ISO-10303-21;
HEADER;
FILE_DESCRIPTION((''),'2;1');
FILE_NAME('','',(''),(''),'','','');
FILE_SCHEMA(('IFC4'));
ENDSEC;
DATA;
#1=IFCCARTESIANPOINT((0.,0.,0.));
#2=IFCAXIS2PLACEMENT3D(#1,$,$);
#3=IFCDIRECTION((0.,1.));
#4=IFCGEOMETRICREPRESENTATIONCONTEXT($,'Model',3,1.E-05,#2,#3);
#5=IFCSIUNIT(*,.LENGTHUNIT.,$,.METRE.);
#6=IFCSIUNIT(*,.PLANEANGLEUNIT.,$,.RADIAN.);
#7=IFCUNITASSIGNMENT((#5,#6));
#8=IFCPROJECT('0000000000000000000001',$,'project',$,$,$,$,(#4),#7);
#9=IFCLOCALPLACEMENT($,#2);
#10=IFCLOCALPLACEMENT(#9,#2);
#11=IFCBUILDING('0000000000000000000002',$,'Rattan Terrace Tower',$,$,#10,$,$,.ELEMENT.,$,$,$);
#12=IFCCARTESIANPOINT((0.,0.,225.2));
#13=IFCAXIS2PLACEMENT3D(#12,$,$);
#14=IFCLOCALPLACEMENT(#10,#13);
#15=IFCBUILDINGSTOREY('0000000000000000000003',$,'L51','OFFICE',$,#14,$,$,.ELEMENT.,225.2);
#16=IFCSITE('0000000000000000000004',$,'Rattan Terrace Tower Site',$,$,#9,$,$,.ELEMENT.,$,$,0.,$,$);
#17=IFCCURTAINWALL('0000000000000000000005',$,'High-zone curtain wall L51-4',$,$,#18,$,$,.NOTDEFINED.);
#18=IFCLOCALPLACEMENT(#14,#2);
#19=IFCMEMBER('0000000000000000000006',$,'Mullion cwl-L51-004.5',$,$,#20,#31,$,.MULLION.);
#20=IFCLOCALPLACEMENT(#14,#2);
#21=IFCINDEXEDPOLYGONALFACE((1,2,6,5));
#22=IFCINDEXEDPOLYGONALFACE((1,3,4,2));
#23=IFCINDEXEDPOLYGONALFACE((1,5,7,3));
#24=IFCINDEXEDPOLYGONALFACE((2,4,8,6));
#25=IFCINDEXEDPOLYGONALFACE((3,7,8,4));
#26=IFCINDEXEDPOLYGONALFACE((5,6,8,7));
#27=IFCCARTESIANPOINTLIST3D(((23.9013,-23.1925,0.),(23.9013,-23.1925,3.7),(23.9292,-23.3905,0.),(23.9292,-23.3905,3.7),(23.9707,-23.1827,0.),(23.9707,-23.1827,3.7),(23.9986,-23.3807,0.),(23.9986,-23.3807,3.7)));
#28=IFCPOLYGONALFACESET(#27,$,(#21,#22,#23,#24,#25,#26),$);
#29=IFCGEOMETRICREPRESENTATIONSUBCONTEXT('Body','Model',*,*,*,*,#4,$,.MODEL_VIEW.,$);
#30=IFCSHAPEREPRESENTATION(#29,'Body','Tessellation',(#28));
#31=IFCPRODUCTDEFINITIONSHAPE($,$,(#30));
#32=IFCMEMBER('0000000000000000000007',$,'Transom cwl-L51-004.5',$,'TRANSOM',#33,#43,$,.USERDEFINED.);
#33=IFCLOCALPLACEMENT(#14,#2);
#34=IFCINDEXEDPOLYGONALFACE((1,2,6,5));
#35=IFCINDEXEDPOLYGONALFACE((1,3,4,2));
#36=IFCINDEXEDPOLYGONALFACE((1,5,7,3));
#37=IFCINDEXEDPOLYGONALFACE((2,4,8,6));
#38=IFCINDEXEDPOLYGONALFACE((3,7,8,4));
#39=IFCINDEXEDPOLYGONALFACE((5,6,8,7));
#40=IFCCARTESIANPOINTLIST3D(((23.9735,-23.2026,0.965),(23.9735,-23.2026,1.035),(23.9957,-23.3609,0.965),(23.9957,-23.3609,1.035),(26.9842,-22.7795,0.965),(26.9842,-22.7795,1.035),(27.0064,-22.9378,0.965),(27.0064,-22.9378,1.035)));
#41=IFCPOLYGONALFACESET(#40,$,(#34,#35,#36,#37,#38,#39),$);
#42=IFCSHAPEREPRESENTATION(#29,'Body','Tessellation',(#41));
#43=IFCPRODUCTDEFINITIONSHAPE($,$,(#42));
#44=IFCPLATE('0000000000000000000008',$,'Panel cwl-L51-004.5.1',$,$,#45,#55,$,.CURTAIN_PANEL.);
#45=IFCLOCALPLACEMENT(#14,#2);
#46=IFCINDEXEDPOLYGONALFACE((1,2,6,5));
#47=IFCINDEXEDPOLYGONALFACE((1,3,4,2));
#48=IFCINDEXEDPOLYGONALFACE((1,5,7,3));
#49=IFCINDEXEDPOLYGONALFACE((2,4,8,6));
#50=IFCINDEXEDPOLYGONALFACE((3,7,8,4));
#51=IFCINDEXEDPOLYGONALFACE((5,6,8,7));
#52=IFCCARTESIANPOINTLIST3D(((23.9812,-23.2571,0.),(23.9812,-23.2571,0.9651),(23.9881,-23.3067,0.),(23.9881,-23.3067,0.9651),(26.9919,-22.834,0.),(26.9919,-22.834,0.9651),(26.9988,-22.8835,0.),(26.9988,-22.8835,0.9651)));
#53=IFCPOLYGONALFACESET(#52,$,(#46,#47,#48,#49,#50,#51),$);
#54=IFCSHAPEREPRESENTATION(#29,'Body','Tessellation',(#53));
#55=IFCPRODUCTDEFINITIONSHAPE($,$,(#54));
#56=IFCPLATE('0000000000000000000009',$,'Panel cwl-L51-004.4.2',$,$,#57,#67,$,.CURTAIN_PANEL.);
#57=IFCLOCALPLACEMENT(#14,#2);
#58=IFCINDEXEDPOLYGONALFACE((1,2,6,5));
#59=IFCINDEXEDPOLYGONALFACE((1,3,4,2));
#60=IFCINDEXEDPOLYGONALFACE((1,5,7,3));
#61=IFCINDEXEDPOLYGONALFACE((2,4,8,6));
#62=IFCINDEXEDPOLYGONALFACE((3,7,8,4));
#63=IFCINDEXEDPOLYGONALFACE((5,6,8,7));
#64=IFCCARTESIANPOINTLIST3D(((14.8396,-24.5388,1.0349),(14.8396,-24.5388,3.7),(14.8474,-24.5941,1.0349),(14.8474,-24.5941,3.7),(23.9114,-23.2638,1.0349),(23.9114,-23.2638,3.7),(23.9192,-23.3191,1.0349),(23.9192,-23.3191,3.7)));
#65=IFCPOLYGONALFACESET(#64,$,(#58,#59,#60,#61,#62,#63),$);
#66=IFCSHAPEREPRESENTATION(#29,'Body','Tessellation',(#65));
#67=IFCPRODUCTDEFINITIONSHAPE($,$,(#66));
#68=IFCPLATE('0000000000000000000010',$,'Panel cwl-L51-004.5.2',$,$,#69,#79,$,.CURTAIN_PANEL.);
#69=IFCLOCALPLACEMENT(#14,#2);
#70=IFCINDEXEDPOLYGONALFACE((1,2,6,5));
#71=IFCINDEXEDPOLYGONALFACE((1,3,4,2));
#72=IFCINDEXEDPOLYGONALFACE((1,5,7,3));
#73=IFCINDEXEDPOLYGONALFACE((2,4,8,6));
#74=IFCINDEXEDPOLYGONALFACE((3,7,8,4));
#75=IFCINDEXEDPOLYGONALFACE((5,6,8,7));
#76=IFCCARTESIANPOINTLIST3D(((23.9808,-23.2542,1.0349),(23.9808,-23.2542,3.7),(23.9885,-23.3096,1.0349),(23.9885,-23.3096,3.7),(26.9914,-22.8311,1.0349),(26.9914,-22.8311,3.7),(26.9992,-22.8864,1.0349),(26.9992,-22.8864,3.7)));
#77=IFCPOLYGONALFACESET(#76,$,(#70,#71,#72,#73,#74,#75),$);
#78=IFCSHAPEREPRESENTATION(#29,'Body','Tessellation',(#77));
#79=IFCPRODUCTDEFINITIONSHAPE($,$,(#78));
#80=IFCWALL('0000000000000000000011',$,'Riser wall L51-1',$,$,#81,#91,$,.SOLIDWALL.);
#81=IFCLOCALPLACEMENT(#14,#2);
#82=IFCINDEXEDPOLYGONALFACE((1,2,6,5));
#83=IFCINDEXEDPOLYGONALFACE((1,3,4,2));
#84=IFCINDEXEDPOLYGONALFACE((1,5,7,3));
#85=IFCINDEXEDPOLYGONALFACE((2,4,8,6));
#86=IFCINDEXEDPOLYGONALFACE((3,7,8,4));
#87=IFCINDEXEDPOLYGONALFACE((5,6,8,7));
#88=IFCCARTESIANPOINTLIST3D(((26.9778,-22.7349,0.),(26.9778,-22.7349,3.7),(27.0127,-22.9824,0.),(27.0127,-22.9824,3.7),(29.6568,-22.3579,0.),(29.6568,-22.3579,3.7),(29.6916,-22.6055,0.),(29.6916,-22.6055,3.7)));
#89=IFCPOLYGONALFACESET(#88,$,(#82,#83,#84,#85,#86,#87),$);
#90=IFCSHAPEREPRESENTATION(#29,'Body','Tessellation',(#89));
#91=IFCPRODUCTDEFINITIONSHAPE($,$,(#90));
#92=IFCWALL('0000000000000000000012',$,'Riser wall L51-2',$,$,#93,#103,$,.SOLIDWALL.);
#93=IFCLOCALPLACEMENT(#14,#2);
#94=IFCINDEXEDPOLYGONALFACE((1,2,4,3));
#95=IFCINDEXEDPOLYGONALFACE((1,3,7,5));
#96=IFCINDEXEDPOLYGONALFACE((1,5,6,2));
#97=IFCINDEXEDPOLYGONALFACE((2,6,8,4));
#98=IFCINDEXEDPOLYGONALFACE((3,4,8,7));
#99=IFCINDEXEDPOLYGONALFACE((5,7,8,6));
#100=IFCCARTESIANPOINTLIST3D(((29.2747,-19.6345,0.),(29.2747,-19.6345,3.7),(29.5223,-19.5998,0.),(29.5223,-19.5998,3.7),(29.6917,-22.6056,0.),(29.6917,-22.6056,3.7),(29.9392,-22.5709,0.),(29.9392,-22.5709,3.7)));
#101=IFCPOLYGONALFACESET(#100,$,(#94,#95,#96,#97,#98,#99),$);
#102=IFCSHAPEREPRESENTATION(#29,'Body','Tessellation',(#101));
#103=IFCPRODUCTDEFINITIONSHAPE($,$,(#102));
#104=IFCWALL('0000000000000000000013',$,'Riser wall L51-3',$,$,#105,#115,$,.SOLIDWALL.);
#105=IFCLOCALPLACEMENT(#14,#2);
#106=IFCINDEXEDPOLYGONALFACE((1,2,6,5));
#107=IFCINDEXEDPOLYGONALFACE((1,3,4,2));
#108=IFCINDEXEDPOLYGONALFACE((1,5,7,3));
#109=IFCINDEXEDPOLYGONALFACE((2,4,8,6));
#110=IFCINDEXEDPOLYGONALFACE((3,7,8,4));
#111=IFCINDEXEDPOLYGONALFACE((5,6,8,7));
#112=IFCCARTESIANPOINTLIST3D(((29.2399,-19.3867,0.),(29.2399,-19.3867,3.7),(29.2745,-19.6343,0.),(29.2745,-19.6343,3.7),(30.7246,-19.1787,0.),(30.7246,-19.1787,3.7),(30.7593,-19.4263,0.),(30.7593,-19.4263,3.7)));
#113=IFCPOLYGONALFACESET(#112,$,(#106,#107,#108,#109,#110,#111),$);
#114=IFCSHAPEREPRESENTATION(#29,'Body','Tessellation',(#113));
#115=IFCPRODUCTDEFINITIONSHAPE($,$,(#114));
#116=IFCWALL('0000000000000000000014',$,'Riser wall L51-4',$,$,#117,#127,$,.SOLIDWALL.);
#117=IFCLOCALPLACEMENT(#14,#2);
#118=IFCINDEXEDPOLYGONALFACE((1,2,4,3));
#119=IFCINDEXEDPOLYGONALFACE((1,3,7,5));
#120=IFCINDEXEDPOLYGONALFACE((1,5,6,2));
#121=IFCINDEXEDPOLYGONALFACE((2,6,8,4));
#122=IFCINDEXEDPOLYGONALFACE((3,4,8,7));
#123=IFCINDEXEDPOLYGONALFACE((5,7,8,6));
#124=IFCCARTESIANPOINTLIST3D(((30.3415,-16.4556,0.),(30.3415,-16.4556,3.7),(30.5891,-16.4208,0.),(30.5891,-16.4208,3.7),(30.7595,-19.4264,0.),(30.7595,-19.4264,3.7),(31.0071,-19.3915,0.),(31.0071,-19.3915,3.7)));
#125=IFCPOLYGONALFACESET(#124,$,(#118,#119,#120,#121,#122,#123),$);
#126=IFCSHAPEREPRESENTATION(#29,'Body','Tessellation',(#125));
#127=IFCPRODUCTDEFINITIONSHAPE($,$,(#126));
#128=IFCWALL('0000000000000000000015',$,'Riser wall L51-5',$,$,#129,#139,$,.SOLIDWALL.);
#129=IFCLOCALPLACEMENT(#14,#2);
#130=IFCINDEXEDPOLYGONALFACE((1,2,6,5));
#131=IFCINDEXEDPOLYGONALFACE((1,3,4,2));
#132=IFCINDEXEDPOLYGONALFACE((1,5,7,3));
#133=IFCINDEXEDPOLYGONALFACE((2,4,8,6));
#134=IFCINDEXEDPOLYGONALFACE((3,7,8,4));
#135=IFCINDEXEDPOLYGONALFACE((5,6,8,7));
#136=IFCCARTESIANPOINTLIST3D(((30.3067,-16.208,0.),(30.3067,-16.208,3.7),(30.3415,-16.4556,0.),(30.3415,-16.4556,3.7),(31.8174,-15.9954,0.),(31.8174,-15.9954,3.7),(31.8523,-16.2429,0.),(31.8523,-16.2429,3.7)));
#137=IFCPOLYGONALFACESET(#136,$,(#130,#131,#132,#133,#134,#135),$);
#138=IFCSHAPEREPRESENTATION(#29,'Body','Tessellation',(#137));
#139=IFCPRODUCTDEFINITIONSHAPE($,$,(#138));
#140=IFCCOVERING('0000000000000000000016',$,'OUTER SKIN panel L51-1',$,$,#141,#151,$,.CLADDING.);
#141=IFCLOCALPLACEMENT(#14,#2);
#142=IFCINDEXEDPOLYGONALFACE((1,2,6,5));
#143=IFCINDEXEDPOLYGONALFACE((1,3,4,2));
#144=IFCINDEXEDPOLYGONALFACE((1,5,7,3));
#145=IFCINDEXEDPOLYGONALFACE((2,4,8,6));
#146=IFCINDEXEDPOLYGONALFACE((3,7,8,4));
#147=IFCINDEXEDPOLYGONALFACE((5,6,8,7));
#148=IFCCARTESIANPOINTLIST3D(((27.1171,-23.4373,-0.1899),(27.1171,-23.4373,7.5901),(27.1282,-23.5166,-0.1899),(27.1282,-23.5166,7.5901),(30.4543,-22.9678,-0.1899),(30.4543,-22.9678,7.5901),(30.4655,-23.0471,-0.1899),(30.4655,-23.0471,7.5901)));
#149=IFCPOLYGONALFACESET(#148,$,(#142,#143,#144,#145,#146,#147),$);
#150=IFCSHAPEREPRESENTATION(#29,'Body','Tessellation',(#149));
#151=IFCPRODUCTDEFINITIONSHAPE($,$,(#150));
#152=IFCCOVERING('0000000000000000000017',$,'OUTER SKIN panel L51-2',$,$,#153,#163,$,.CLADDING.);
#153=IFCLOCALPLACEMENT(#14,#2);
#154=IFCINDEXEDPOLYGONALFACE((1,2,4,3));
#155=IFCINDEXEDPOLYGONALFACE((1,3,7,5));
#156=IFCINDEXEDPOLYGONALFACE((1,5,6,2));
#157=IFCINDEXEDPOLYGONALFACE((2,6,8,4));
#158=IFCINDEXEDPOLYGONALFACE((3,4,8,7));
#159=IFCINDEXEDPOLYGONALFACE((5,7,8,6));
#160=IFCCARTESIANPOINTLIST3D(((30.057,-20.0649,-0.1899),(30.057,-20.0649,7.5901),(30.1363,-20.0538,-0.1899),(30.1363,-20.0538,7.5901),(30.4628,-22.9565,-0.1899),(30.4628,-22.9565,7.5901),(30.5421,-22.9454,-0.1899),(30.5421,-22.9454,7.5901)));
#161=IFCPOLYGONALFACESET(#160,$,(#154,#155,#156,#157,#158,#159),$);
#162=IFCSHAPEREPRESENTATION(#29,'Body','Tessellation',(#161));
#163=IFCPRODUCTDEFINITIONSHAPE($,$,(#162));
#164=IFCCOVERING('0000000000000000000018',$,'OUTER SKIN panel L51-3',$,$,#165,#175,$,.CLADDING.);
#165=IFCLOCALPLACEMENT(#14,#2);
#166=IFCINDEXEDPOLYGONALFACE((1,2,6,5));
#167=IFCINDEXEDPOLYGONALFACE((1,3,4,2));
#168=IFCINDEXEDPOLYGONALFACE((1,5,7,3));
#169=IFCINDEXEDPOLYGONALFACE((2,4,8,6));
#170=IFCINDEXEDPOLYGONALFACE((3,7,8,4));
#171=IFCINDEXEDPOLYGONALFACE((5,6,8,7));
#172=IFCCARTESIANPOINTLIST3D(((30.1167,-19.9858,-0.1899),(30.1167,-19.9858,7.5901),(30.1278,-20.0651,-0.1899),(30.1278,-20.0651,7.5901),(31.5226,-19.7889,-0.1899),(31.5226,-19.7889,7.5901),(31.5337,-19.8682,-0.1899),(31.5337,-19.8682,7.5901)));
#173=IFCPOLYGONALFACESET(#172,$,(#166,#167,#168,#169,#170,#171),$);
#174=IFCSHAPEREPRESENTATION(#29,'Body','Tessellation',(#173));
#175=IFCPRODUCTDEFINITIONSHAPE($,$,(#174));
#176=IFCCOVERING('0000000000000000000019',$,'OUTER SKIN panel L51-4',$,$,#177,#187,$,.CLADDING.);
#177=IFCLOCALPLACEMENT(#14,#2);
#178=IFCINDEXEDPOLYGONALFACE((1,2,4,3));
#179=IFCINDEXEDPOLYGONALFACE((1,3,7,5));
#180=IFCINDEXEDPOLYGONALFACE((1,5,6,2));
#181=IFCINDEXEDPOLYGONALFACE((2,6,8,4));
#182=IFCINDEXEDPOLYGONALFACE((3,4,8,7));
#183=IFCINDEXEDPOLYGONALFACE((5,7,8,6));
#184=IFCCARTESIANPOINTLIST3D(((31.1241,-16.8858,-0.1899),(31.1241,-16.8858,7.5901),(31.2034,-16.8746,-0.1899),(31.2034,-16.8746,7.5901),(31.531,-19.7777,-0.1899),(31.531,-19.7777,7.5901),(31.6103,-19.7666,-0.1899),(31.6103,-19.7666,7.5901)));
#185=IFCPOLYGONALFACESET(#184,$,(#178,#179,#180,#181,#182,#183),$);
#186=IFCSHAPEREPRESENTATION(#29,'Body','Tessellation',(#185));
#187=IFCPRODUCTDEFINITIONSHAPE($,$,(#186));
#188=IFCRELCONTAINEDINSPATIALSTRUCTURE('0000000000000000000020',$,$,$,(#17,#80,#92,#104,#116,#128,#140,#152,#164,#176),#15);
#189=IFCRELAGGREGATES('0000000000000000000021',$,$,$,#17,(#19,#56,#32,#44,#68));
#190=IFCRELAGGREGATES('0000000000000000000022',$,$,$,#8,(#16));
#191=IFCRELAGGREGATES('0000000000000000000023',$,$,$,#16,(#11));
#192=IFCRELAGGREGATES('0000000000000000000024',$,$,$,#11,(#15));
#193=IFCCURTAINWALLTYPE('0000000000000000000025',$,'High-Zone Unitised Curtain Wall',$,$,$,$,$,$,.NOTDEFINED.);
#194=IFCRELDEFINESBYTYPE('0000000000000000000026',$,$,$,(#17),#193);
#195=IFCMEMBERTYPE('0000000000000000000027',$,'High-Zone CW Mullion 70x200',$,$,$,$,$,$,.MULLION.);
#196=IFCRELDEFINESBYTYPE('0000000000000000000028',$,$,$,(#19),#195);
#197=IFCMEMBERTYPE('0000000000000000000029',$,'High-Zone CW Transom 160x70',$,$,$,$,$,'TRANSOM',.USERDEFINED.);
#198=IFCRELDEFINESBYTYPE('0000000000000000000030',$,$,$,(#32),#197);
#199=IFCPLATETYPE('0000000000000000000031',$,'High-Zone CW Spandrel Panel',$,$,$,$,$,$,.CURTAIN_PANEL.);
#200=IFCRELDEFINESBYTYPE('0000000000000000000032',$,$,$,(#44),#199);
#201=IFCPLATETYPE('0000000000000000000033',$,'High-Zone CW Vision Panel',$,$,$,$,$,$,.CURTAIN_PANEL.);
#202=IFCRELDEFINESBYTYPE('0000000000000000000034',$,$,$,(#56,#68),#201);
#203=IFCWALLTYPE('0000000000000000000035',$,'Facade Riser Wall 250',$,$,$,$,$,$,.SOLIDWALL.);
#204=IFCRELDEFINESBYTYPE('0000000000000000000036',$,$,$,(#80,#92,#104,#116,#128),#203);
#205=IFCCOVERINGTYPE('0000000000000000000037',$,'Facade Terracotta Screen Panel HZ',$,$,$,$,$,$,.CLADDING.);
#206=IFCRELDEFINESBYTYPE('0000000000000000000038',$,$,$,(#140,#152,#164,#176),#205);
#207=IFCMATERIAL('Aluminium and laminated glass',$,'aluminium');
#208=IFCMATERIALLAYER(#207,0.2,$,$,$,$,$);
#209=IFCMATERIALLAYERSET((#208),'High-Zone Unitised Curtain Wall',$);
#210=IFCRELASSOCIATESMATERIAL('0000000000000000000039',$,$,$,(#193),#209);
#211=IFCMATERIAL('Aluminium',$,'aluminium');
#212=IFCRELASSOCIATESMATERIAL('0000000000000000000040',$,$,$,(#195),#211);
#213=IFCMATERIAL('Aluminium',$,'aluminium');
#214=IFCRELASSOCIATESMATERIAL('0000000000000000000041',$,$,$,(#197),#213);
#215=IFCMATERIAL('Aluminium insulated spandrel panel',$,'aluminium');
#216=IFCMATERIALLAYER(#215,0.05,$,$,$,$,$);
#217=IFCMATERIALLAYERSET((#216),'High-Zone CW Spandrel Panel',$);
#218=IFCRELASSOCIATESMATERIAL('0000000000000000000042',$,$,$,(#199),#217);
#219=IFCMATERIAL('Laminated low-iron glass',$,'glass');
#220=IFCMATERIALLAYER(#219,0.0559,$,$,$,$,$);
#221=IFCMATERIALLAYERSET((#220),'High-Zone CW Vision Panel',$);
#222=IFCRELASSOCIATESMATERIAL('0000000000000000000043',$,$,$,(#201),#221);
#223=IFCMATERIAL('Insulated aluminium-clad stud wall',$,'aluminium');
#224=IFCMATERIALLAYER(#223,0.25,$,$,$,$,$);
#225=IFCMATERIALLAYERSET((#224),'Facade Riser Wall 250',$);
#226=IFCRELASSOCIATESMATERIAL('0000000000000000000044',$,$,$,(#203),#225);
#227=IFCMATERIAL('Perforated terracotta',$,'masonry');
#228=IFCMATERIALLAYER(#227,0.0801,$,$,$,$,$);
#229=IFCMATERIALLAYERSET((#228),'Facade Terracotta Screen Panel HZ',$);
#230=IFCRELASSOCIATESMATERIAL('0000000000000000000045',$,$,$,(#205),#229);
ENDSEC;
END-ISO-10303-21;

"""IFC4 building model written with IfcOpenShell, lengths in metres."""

from ifc_helpers import new_model, si_unit, direction, frame, frame_2d, origin, origin_2d, place, context, subcontext, project, spatial, rectangle, extrude, material, layer, layer_set, material_profile, profile_set, type_object, element, aggregate, save


model = new_model("IFC4")

# Units and contexts
model_context = context("Model", 3, precision=1e-05, world=origin(), true_north=direction((0.0, 1.0)))
body_context = subcontext(model_context, "Body", "Model", "MODEL_VIEW")
ifc_project = project(units=[si_unit("LENGTHUNIT", "METRE"), si_unit("PLANEANGLEUNIT", "RADIAN")], contexts=[model_context])

# Site, building, storey
site_placement = place(None, origin())
site = spatial("IfcSite", under=ifc_project, at=site_placement, Name="Rattan Terrace Tower Site", CompositionType="ELEMENT", RefElevation=0.0)
building_placement = place(site_placement, origin())
building = spatial("IfcBuilding", under=site, at=building_placement, Name="Rattan Terrace Tower", CompositionType="ELEMENT")
storey_placement = place(building_placement, frame((0.0, 0.0, 225.2)))
storey = spatial("IfcBuildingStorey", under=building, at=storey_placement, Name="L51", Description="OFFICE", CompositionType="ELEMENT", Elevation=225.2)

# Curtain wall, members, plates
ifc_material_1 = material(Name="Aluminium and laminated glass", Category="aluminium")
ifc_layer_1 = layer(ifc_material_1, 0.2)
ifc_layer_set_1 = layer_set([ifc_layer_1], Name="High-Zone Unitised Curtain Wall")
curtain_wall_type = type_object("IfcCurtainWallType", Name="High-Zone Unitised Curtain Wall", PredefinedType="NOTDEFINED", material=ifc_layer_set_1)
curtain_wall_placement = place(storey_placement, origin())
curtain_wall = element("IfcCurtainWall", 1, at=curtain_wall_placement, inside=storey, type_object=curtain_wall_type, Name="High-zone curtain wall L51-4", PredefinedType="NOTDEFINED")
ifc_material_2 = material(Name="Aluminium", Category="aluminium")
ifc_material_profile_1 = material_profile(ifc_material_2, rectangle(XDim=0.0701, YDim=0.2, at=origin_2d()), Name="Aluminium 70x200")
ifc_profile_set_1 = profile_set([ifc_material_profile_1], Name="Aluminium")
member_type_1 = type_object("IfcMemberType", Name="High-Zone CW Mullion 70x200", PredefinedType="MULLION", material=ifc_profile_set_1)
member_1_placement = place(storey_placement, frame((23.95, -23.2866, 0.0), z_axis=(0.0, 0.0, 1.0), x_axis=(0.990267, 0.139177, 0.0)))
member_1 = element("IfcMember", 2, at=member_1_placement, type_object=member_type_1, Name="Mullion cwl-L51-004.5", PredefinedType="MULLION", context=body_context, shape_type="SweptSolid", body=[
    extrude(rectangle(XDim=0.0701, YDim=0.2, at=origin_2d()), origin(), (0.0, 0.0, 1.0), 3.7),
])
ifc_material_3 = material(Name="Aluminium", Category="aluminium")
ifc_material_profile_2 = material_profile(ifc_material_3, rectangle(XDim=0.1599, YDim=0.0701, at=origin_2d()), Name="Aluminium 160x70")
ifc_profile_set_2 = profile_set([ifc_material_profile_2], Name="Aluminium")
member_type_2 = type_object("IfcMemberType", Name="High-Zone CW Transom 160x70", ElementType="TRANSOM", PredefinedType="USERDEFINED", material=ifc_profile_set_2)
member_2_placement = place(storey_placement, frame((23.9846, -23.2817, 1.0), z_axis=(0.99027, 0.139161, 0.0), x_axis=(-0.139161, 0.99027, 0.0)))
member_2 = element("IfcMember", 3, at=member_2_placement, type_object=member_type_2, Name="Transom cwl-L51-004.5", ObjectType="TRANSOM", PredefinedType="USERDEFINED", context=body_context, shape_type="SweptSolid", body=[
    extrude(rectangle(XDim=0.1599, YDim=0.0701, at=origin_2d()), origin(), (0.0, 0.0, 1.0), 3.0403),
])
ifc_material_4 = material(Name="Aluminium insulated spandrel panel", Category="aluminium")
ifc_layer_2 = layer(ifc_material_4, 0.05)
ifc_layer_set_2 = layer_set([ifc_layer_2], Name="High-Zone CW Spandrel Panel")
plate_type_1 = type_object("IfcPlateType", Name="High-Zone CW Spandrel Panel", PredefinedType="CURTAIN_PANEL", material=ifc_layer_set_2)
plate_1_placement = place(storey_placement, frame((25.49, -23.0703, 0.0), z_axis=(0.0, 0.0, 1.0), x_axis=(0.990267, 0.139177, 0.0)))
plate_1 = element("IfcPlate", 4, at=plate_1_placement, type_object=plate_type_1, Name="Panel cwl-L51-004.5.1", PredefinedType="CURTAIN_PANEL", context=body_context, shape_type="SweptSolid", body=[
    extrude(rectangle(XDim=3.0403, YDim=0.05, at=origin_2d()), origin(), (0.0, 0.0, 1.0), 0.9651),
])
ifc_material_5 = material(Name="Laminated low-iron glass", Category="glass")
ifc_layer_3 = layer(ifc_material_5, 0.0559)
ifc_layer_set_3 = layer_set([ifc_layer_3], Name="High-Zone CW Vision Panel")
plate_type_2 = type_object("IfcPlateType", Name="High-Zone CW Vision Panel", PredefinedType="CURTAIN_PANEL", material=ifc_layer_set_3)
plate_2_placement = place(storey_placement, frame((19.3794, -23.929, 1.0349), z_axis=(0.0, 0.0, 1.0), x_axis=(0.990267, 0.139177, 0.0)))
plate_2 = element("IfcPlate", 5, at=plate_2_placement, type_object=plate_type_2, Name="Panel cwl-L51-004.4.2", PredefinedType="CURTAIN_PANEL", context=body_context, shape_type="SweptSolid", body=[
    extrude(rectangle(XDim=9.1609, YDim=0.0559, at=origin_2d()), origin(), (0.0, 0.0, 1.0), 2.665),
])
plate_3_placement = place(storey_placement, frame((25.49, -23.0703, 1.0349), z_axis=(0.0, 0.0, 1.0), x_axis=(0.990267, 0.139177, 0.0)))
plate_3 = element("IfcPlate", 6, at=plate_3_placement, type_object=plate_type_2, Name="Panel cwl-L51-004.5.2", PredefinedType="CURTAIN_PANEL", context=body_context, shape_type="SweptSolid", body=[
    extrude(rectangle(XDim=3.0403, YDim=0.0559, at=origin_2d()), origin(), (0.0, 0.0, 1.0), 2.665),
])
aggregate(curtain_wall, [member_1, plate_2, member_2, plate_1, plate_3])

# Walls
ifc_material_6 = material(Name="Insulated aluminium-clad stud wall", Category="aluminium")
ifc_layer_4 = layer(ifc_material_6, 0.25)
ifc_layer_set_4 = layer_set([ifc_layer_4], Name="Facade Riser Wall 250")
wall_type = type_object("IfcWallType", Name="Facade Riser Wall 250", PredefinedType="SOLIDWALL", material=ifc_layer_set_4)
wall_1_placement = place(storey_placement, frame((26.9954, -22.8586, 0.0), z_axis=(0.0, 0.0, 1.0), x_axis=(0.990245, 0.139336, 0.0)))
element("IfcWall", 7, at=wall_1_placement, inside=storey, type_object=wall_type, Name="Riser wall L51-1", PredefinedType="SOLIDWALL", context=body_context, shape_type="SweptSolid", body=[
    extrude(rectangle(XDim=2.7053, YDim=0.25, at=frame_2d((1.3525, 0.0))), origin(), (0.0, 0.0, 1.0), 3.7),
])
wall_2_placement = place(storey_placement, frame((29.8154, -22.5881, 0.0), z_axis=(0.0, 0.0, 1.0), x_axis=(-0.138983, 0.990295, 0.0)))
element("IfcWall", 8, at=wall_2_placement, inside=storey, type_object=wall_type, Name="Riser wall L51-2", PredefinedType="SOLIDWALL", context=body_context, shape_type="SweptSolid", body=[
    extrude(rectangle(XDim=3.0002, YDim=0.25, at=frame_2d((1.5, 0.0))), origin(), (0.0, 0.0, 1.0), 3.7),
])
wall_3_placement = place(storey_placement, frame((29.2573, -19.5105, 0.0), z_axis=(0.0, 0.0, 1.0), x_axis=(0.99033, 0.138731, 0.0)))
element("IfcWall", 9, at=wall_3_placement, inside=storey, type_object=wall_type, Name="Riser wall L51-3", PredefinedType="SOLIDWALL", context=body_context, shape_type="SweptSolid", body=[
    extrude(rectangle(XDim=1.4993, YDim=0.25, at=frame_2d((0.7495, 0.0))), origin(), (0.0, 0.0, 1.0), 3.7),
])
wall_4_placement = place(storey_placement, frame((30.8833, -19.4089, 0.0), z_axis=(0.0, 0.0, 1.0), x_axis=(-0.139325, 0.990247, 0.0)))
element("IfcWall", 10, at=wall_4_placement, inside=storey, type_object=wall_type, Name="Riser wall L51-4", PredefinedType="SOLIDWALL", context=body_context, shape_type="SweptSolid", body=[
    extrude(rectangle(XDim=3.0, YDim=0.25, at=frame_2d((1.5, 0.0))), origin(), (0.0, 0.0, 1.0), 3.7),
])
wall_5_placement = place(storey_placement, frame((30.3242, -16.3318, 0.0), z_axis=(0.0, 0.0, 1.0), x_axis=(0.990239, 0.139382, 0.0)))
element("IfcWall", 11, at=wall_5_placement, inside=storey, type_object=wall_type, Name="Riser wall L51-5", PredefinedType="SOLIDWALL", context=body_context, shape_type="SweptSolid", body=[
    extrude(rectangle(XDim=1.5256, YDim=0.25, at=frame_2d((0.7627, 0.0))), origin(), (0.0, 0.0, 1.0), 3.7),
])

# Coverings
ifc_material_7 = material(Name="Perforated terracotta", Category="masonry")
ifc_layer_5 = layer(ifc_material_7, 0.0801)
ifc_layer_set_5 = layer_set([ifc_layer_5], Name="Facade Terracotta Screen Panel HZ")
covering_type = type_object("IfcCoveringType", Name="Facade Terracotta Screen Panel HZ", PredefinedType="CLADDING", material=ifc_layer_set_5)
covering_1_placement = place(storey_placement, frame((28.7913, -23.2422, -0.1899), z_axis=(0.0, 0.0, 1.0), x_axis=(0.990247, 0.139321, 0.0)))
element("IfcCovering", 12, at=covering_1_placement, inside=storey, type_object=covering_type, Name="OUTER SKIN panel L51-1", PredefinedType="CLADDING", context=body_context, shape_type="SweptSolid", body=[
    extrude(rectangle(XDim=3.3701, YDim=0.0801, at=origin_2d()), origin(), (0.0, 0.0, 1.0), 7.78),
])
covering_2_placement = place(storey_placement, frame((30.2996, -21.5051, -0.1899), z_axis=(0.0, 0.0, 1.0), x_axis=(-0.138994, 0.990293, 0.0)))
element("IfcCovering", 13, at=covering_2_placement, inside=storey, type_object=covering_type, Name="OUTER SKIN panel L51-2", PredefinedType="CLADDING", context=body_context, shape_type="SweptSolid", body=[
    extrude(rectangle(XDim=2.9199, YDim=0.0801, at=origin_2d()), origin(), (0.0, 0.0, 1.0), 7.78),
])
covering_3_placement = place(storey_placement, frame((30.8252, -19.927, -0.1899), z_axis=(0.0, 0.0, 1.0), x_axis=(0.990333, 0.138713, 0.0)))
element("IfcCovering", 14, at=covering_3_placement, inside=storey, type_object=covering_type, Name="OUTER SKIN panel L51-3", PredefinedType="CLADDING", context=body_context, shape_type="SweptSolid", body=[
    extrude(rectangle(XDim=1.4197, YDim=0.0801, at=origin_2d()), origin(), (0.0, 0.0, 1.0), 7.78),
])
covering_4_placement = place(storey_placement, frame((31.3672, -18.3262, -0.1899), z_axis=(0.0, 0.0, 1.0), x_axis=(-0.139321, 0.990247, 0.0)))
element("IfcCovering", 15, at=covering_4_placement, inside=storey, type_object=covering_type, Name="OUTER SKIN panel L51-4", PredefinedType="CLADDING", context=body_context, shape_type="SweptSolid", body=[
    extrude(rectangle(XDim=2.9204, YDim=0.0801, at=origin_2d()), origin(), (0.0, 0.0, 1.0), 7.78),
])

save(model, "model.ifc")
